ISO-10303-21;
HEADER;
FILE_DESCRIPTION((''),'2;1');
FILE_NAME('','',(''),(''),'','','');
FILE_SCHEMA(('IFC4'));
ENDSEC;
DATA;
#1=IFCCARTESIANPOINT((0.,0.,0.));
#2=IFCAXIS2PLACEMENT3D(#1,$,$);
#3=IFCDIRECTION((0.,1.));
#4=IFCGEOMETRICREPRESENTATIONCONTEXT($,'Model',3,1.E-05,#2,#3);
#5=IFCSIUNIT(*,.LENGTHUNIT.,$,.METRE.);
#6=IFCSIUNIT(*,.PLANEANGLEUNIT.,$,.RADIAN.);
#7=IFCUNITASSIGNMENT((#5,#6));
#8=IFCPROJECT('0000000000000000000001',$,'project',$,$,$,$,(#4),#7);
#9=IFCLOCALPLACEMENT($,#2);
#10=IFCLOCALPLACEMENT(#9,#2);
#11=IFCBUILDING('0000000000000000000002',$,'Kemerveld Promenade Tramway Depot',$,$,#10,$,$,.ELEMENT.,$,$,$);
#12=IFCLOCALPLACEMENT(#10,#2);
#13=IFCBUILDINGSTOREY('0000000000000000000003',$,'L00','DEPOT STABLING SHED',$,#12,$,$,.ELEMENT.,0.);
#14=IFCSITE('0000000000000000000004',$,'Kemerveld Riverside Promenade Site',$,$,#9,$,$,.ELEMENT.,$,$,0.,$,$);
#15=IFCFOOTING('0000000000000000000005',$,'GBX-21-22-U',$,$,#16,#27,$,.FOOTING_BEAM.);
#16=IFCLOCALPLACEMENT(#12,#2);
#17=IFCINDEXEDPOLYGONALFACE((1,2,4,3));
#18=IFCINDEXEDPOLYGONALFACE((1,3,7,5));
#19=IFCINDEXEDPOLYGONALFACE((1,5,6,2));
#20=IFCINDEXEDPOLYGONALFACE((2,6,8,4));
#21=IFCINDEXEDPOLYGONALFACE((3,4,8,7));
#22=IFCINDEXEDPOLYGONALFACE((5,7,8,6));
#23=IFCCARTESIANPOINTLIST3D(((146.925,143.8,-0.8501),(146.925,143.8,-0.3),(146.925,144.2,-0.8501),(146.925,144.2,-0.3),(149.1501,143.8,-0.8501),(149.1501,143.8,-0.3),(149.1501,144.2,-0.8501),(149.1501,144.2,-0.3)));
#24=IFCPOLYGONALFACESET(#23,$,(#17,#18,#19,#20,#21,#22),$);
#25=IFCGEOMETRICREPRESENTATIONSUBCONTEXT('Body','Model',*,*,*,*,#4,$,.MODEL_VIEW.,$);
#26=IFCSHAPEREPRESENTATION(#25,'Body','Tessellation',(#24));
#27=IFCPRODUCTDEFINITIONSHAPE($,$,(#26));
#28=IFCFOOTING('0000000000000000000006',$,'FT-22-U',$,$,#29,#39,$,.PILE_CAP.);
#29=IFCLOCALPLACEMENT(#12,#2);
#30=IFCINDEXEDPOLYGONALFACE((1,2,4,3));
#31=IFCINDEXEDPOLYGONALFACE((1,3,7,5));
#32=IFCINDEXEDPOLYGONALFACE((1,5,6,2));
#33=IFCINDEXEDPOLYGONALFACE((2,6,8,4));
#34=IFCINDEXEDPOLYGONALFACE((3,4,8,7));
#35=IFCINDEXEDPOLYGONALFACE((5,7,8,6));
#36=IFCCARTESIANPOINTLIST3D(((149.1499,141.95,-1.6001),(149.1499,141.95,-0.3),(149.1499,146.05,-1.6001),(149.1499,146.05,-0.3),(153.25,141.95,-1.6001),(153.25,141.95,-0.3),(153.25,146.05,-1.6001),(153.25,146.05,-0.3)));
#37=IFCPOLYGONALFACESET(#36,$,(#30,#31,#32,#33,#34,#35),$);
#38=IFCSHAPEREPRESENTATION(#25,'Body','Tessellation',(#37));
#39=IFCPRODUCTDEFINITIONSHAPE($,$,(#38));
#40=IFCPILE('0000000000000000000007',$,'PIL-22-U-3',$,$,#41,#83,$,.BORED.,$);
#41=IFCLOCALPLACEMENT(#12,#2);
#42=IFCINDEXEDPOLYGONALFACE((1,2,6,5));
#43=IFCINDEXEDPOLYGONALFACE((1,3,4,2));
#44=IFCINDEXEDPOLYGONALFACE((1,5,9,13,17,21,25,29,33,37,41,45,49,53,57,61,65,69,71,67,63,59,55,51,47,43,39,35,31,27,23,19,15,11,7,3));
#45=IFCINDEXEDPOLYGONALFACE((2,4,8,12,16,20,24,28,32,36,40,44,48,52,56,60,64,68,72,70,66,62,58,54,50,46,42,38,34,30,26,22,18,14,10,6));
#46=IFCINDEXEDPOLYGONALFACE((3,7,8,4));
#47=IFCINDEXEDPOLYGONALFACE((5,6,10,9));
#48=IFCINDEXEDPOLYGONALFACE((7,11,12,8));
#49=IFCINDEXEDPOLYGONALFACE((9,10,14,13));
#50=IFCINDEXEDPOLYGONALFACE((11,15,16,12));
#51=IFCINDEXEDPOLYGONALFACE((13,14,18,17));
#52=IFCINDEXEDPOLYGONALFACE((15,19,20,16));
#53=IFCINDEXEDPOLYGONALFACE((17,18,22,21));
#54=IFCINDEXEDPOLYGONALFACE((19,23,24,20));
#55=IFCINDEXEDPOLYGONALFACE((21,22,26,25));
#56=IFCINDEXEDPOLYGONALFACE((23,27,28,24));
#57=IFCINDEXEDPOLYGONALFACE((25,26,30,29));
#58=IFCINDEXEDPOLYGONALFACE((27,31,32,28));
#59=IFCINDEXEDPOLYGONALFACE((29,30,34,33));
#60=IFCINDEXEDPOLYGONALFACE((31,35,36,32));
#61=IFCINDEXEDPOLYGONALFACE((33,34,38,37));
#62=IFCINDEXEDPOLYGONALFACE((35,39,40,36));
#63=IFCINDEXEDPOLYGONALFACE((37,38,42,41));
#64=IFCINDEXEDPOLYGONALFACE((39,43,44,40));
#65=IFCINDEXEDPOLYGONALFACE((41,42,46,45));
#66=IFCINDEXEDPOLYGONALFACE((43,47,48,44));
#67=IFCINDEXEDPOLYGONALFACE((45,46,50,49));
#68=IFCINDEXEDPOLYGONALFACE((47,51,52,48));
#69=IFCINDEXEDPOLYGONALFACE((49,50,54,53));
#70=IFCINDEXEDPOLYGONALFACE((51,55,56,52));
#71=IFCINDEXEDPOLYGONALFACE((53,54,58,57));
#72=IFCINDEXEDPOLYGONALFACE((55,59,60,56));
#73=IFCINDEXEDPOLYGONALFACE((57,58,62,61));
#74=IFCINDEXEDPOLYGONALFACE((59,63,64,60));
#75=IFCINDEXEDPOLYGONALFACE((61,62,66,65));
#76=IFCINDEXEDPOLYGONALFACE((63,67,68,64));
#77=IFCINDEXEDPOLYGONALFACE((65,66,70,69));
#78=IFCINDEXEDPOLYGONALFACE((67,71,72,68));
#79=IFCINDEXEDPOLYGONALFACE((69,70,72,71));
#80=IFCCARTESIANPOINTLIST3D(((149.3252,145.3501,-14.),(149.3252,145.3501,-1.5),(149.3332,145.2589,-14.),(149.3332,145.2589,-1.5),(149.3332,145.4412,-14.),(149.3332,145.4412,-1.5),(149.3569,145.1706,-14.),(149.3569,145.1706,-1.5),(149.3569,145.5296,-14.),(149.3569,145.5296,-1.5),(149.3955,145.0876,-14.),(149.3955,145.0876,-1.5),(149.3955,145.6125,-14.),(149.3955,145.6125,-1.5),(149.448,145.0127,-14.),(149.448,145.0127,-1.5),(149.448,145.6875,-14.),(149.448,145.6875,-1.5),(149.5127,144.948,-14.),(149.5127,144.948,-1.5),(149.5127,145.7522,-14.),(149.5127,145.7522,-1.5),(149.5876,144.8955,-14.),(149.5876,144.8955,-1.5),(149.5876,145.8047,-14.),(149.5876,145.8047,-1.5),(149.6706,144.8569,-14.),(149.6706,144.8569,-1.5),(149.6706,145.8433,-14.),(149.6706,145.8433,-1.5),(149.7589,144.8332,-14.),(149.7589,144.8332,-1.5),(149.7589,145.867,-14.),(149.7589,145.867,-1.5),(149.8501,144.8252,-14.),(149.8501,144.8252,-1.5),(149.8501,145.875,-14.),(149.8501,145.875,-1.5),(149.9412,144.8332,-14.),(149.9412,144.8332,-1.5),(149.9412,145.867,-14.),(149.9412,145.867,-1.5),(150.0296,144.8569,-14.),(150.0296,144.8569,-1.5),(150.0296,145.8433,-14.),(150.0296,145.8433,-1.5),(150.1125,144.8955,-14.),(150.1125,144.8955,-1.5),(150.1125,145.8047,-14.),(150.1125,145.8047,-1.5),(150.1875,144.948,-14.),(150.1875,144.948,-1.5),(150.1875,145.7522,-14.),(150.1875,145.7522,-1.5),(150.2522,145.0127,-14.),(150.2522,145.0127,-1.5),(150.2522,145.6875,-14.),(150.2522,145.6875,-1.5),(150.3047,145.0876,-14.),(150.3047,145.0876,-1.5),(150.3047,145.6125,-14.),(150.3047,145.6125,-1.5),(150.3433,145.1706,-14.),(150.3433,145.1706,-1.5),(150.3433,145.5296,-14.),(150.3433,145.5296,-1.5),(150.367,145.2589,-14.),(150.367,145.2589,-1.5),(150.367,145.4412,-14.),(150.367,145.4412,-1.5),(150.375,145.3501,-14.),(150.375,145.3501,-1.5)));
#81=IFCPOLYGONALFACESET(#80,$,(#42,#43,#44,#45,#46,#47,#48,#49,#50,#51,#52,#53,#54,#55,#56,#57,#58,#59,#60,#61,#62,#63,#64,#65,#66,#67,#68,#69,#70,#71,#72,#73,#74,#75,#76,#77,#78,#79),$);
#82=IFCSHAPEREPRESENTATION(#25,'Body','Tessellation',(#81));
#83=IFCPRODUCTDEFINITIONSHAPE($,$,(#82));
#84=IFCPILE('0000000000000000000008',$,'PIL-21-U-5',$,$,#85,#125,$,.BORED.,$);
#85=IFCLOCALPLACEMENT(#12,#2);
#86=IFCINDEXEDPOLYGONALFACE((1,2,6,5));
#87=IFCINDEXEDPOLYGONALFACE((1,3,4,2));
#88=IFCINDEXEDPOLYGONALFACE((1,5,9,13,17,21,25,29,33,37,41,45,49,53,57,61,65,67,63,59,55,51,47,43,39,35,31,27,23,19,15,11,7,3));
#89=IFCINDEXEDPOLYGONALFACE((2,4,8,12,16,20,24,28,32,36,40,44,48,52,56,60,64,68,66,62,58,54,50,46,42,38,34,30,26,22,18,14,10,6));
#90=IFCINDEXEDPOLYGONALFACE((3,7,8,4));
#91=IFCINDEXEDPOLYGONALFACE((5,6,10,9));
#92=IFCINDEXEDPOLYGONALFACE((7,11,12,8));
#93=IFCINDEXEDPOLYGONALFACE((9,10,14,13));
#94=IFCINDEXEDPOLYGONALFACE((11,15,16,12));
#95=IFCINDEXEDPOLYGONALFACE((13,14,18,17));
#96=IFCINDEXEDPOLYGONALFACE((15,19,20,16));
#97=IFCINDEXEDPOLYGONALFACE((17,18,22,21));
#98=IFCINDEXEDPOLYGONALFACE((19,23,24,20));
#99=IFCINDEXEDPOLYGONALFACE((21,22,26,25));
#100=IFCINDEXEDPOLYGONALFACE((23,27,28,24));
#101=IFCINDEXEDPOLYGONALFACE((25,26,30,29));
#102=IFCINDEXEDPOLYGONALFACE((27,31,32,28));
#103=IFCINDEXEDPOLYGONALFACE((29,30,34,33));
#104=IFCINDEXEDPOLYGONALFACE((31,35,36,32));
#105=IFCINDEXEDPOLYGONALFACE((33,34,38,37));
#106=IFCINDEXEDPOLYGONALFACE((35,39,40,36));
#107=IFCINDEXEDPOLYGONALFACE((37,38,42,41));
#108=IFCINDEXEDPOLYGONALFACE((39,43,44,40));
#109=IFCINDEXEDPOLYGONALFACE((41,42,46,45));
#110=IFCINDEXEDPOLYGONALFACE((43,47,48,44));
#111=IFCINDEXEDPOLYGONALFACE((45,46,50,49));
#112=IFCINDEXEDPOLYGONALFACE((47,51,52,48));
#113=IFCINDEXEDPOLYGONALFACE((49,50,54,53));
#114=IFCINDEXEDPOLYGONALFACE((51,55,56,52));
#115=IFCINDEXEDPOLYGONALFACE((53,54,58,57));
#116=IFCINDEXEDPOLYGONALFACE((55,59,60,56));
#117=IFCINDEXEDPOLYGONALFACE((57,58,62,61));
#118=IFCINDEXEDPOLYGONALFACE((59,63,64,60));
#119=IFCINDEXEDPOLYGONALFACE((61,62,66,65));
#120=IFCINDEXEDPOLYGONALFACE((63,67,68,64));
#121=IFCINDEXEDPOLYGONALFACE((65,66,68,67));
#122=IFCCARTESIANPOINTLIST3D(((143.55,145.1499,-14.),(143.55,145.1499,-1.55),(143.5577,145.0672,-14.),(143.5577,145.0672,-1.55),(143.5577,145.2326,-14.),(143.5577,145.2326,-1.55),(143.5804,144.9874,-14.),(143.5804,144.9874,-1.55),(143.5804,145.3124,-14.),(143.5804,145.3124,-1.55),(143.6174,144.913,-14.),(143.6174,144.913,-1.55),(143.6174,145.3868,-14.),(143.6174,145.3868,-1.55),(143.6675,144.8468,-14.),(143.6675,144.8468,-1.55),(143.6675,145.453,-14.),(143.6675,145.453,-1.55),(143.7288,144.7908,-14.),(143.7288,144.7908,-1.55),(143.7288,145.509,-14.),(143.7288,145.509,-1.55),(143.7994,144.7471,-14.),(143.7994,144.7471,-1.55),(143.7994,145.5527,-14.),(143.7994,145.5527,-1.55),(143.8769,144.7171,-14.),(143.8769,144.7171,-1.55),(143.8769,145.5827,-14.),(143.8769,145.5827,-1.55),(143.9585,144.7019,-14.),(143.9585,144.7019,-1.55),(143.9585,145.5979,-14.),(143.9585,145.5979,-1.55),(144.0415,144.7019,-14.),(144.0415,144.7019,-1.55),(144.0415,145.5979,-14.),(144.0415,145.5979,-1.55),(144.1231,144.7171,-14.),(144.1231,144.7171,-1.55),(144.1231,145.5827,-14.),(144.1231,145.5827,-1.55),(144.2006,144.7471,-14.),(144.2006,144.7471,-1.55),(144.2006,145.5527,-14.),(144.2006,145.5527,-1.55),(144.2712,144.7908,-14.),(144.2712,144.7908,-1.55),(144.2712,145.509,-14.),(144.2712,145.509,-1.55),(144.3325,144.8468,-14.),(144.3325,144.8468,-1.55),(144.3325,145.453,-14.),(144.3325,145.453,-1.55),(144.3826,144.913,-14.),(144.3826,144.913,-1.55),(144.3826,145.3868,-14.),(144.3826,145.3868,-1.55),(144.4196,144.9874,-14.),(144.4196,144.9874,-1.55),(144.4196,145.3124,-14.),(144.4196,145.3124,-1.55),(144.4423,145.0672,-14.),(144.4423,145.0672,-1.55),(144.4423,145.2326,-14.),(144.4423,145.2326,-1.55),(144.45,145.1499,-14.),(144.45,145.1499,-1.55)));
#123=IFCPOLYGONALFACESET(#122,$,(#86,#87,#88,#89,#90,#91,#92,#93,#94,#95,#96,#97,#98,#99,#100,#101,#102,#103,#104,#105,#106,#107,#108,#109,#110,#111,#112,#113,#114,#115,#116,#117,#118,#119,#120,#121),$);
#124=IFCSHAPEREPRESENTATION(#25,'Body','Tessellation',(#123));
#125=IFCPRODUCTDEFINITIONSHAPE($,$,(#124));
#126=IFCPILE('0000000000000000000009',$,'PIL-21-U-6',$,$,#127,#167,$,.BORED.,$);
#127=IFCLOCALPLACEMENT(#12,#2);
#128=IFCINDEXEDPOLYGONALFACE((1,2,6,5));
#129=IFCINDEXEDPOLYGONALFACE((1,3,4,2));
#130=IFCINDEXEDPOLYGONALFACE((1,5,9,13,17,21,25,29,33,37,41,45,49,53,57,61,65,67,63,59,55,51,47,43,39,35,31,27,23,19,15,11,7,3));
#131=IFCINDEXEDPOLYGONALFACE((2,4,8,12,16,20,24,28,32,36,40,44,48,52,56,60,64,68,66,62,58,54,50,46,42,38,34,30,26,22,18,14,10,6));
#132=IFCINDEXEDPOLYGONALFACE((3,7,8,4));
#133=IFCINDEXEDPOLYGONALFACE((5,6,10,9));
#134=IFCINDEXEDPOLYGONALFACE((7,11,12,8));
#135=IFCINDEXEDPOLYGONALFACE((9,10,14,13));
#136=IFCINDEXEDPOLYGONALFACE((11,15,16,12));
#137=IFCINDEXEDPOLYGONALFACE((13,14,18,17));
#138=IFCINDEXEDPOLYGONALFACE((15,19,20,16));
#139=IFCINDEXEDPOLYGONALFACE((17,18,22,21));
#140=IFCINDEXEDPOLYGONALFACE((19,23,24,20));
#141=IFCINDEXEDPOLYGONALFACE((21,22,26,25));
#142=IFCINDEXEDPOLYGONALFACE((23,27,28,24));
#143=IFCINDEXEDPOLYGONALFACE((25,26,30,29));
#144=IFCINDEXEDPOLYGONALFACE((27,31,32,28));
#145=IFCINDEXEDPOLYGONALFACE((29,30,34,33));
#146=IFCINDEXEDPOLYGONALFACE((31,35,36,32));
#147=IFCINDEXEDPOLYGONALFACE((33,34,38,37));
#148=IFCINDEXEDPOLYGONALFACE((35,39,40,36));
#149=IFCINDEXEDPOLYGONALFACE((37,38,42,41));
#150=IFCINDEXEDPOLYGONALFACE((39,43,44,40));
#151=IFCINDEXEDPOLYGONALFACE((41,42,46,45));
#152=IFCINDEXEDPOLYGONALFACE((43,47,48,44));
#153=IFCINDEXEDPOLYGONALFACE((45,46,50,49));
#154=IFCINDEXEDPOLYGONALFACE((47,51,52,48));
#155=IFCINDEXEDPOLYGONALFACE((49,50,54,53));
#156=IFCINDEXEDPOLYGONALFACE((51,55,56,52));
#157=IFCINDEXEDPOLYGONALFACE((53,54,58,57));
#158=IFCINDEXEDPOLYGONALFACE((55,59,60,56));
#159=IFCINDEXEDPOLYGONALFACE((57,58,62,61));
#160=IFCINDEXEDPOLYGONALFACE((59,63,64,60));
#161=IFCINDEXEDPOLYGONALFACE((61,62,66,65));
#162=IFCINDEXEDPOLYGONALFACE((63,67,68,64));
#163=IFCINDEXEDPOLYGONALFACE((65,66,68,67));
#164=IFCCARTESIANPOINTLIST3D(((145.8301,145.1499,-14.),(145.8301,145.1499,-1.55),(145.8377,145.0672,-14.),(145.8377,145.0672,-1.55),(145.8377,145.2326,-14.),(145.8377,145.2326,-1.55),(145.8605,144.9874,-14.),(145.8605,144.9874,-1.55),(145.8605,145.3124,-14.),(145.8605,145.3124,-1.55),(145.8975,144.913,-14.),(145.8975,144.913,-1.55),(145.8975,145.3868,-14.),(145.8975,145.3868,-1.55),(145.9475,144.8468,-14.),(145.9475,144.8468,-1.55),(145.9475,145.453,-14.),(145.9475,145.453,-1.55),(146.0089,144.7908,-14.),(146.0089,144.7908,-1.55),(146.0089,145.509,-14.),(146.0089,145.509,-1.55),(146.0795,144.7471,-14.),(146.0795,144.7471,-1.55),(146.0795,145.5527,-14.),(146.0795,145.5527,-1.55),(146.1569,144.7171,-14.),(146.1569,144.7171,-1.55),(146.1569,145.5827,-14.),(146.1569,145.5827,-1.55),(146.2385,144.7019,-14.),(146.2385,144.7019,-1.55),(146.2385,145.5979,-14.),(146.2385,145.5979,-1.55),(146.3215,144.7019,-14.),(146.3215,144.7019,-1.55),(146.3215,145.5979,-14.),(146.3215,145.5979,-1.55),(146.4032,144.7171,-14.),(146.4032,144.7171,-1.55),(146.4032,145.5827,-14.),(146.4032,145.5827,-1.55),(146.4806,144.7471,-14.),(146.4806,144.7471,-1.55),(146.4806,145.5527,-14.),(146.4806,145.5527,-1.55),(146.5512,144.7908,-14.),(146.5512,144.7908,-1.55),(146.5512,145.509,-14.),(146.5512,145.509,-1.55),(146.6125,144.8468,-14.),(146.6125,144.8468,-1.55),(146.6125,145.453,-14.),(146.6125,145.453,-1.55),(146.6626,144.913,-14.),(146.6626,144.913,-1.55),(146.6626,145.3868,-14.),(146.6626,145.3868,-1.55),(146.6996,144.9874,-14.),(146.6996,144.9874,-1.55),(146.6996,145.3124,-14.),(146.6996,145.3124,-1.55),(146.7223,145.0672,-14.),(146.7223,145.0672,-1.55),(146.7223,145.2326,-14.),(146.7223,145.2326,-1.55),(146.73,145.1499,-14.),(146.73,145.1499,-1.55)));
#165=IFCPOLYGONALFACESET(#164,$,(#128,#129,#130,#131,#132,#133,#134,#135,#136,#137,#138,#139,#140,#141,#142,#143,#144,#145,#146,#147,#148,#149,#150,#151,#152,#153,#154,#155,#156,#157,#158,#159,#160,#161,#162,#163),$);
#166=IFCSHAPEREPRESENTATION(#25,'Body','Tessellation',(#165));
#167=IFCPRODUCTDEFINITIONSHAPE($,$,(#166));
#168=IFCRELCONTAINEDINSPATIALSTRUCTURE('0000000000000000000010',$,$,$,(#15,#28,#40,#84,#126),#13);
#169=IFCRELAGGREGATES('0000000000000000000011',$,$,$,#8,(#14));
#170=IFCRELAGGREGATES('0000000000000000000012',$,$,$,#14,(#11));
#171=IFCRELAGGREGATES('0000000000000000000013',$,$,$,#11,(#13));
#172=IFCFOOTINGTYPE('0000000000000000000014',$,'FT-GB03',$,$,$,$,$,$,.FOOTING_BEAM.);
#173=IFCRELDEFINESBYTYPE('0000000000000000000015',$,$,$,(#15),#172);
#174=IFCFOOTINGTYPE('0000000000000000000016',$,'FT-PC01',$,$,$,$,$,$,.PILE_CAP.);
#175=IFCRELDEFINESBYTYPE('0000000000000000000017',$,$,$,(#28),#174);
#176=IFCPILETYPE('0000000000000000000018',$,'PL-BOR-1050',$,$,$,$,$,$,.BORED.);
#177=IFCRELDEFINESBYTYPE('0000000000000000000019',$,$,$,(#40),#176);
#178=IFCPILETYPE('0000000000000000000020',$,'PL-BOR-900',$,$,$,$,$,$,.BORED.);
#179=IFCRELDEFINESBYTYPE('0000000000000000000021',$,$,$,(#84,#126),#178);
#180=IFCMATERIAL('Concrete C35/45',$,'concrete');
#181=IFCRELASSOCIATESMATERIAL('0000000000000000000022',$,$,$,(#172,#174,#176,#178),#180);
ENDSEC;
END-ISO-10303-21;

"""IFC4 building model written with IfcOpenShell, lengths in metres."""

from ifc_helpers import new_model, si_unit, direction, frame, origin, origin_2d, place, context, subcontext, project, spatial, rectangle, circle, extrude, material, material_profile, profile_set, type_object, element, save


model = new_model("IFC4")

# Units and contexts
model_context = context("Model", 3, precision=1e-05, world=origin(), true_north=direction((0.0, 1.0)))
body_context = subcontext(model_context, "Body", "Model", "MODEL_VIEW")
ifc_project = project(units=[si_unit("LENGTHUNIT", "METRE"), si_unit("PLANEANGLEUNIT", "RADIAN")], contexts=[model_context])

# Site, building, storey
site_placement = place(None, origin())
site = spatial("IfcSite", under=ifc_project, at=site_placement, Name="Kemerveld Riverside Promenade Site", CompositionType="ELEMENT", RefElevation=0.0)
building_placement = place(site_placement, origin())
building = spatial("IfcBuilding", under=site, at=building_placement, Name="Kemerveld Promenade Tramway Depot", CompositionType="ELEMENT")
storey_placement = place(building_placement, origin())
storey = spatial("IfcBuildingStorey", under=building, at=storey_placement, Name="L00", Description="DEPOT STABLING SHED", CompositionType="ELEMENT", Elevation=0.0)

# Footings
ifc_material_1 = material(Name="Concrete C35/45", Category="concrete")
footing_type_1 = type_object("IfcFootingType", Name="FT-GB03", PredefinedType="FOOTING_BEAM", material=ifc_material_1)
footing_1_placement = place(storey_placement, frame((148.0376, 144.0, -0.8501), z_axis=(0.0, 0.0, 1.0), x_axis=(1.0, 0.0, 0.0)))
element("IfcFooting", 1, at=footing_1_placement, inside=storey, type_object=footing_type_1, Name="GBX-21-22-U", PredefinedType="FOOTING_BEAM", context=body_context, shape_type="SweptSolid", body=[
    extrude(rectangle(XDim=2.2251, YDim=0.3999, at=origin_2d()), origin(), (0.0, 0.0, 1.0), 0.55),
])
footing_type_2 = type_object("IfcFootingType", Name="FT-PC01", PredefinedType="PILE_CAP", material=ifc_material_1)
footing_2_placement = place(storey_placement, frame((151.2, 144.0, -1.6001), z_axis=(0.0, 0.0, 1.0), x_axis=(1.0, 0.0, 0.0)))
element("IfcFooting", 2, at=footing_2_placement, inside=storey, type_object=footing_type_2, Name="FT-22-U", PredefinedType="PILE_CAP", context=body_context, shape_type="SweptSolid", body=[
    extrude(rectangle(XDim=4.1001, YDim=4.1001, at=origin_2d()), origin(), (0.0, 0.0, 1.0), 1.3),
])

# Piles
ifc_material_profile_1 = material_profile(ifc_material_1, circle(Radius=0.5249, at=origin_2d()), Name="PILE-D1050")
ifc_profile_set_1 = profile_set([ifc_material_profile_1], Name="Concrete C35/45")
pile_type_1 = type_object("IfcPileType", Name="PL-BOR-1050", PredefinedType="BORED", material=ifc_profile_set_1)
pile_placement = place(storey_placement, frame((149.8501, 145.3501, -1.5), z_axis=(0.0, 0.0, -1.0), x_axis=(1.0, 0.0, 0.0)))
element("IfcPile", 3, at=pile_placement, inside=storey, type_object=pile_type_1, Name="PIL-22-U-3", PredefinedType="BORED", context=body_context, shape_type="SweptSolid", body=[
    extrude(circle(Radius=0.5249, at=origin_2d()), origin(), (0.0, 0.0, 1.0), 12.5),
])
ifc_material_profile_2 = material_profile(ifc_material_1, circle(Radius=0.45, at=origin_2d()), Name="PILE-D900")
ifc_profile_set_2 = profile_set([ifc_material_profile_2], Name="Concrete C35/45")
pile_type_2 = type_object("IfcPileType", Name="PL-BOR-900", PredefinedType="BORED", material=ifc_profile_set_2)
for number, where, z_axis, x_axis, name in (
    (4, (144.0, 145.1499, -1.55), (0.0, 0.0, -1.0), (1.0, 0.0, 0.0), "PIL-21-U-5"),
    (5, (146.28, 145.1499, -1.55), (0.0, 0.0, -1.0), (1.0, 0.0, 0.0), "PIL-21-U-6"),
):
    element("IfcPile", number, at=place(storey_placement, frame(where, z_axis=z_axis, x_axis=x_axis)), inside=storey, type_object=pile_type_2, Name=name, PredefinedType="BORED", context=body_context, shape_type="SweptSolid", body=[
        extrude(circle(Radius=0.45, at=origin_2d()), origin(), (0.0, 0.0, 1.0), 12.45),
    ])

save(model, "model.ifc")
